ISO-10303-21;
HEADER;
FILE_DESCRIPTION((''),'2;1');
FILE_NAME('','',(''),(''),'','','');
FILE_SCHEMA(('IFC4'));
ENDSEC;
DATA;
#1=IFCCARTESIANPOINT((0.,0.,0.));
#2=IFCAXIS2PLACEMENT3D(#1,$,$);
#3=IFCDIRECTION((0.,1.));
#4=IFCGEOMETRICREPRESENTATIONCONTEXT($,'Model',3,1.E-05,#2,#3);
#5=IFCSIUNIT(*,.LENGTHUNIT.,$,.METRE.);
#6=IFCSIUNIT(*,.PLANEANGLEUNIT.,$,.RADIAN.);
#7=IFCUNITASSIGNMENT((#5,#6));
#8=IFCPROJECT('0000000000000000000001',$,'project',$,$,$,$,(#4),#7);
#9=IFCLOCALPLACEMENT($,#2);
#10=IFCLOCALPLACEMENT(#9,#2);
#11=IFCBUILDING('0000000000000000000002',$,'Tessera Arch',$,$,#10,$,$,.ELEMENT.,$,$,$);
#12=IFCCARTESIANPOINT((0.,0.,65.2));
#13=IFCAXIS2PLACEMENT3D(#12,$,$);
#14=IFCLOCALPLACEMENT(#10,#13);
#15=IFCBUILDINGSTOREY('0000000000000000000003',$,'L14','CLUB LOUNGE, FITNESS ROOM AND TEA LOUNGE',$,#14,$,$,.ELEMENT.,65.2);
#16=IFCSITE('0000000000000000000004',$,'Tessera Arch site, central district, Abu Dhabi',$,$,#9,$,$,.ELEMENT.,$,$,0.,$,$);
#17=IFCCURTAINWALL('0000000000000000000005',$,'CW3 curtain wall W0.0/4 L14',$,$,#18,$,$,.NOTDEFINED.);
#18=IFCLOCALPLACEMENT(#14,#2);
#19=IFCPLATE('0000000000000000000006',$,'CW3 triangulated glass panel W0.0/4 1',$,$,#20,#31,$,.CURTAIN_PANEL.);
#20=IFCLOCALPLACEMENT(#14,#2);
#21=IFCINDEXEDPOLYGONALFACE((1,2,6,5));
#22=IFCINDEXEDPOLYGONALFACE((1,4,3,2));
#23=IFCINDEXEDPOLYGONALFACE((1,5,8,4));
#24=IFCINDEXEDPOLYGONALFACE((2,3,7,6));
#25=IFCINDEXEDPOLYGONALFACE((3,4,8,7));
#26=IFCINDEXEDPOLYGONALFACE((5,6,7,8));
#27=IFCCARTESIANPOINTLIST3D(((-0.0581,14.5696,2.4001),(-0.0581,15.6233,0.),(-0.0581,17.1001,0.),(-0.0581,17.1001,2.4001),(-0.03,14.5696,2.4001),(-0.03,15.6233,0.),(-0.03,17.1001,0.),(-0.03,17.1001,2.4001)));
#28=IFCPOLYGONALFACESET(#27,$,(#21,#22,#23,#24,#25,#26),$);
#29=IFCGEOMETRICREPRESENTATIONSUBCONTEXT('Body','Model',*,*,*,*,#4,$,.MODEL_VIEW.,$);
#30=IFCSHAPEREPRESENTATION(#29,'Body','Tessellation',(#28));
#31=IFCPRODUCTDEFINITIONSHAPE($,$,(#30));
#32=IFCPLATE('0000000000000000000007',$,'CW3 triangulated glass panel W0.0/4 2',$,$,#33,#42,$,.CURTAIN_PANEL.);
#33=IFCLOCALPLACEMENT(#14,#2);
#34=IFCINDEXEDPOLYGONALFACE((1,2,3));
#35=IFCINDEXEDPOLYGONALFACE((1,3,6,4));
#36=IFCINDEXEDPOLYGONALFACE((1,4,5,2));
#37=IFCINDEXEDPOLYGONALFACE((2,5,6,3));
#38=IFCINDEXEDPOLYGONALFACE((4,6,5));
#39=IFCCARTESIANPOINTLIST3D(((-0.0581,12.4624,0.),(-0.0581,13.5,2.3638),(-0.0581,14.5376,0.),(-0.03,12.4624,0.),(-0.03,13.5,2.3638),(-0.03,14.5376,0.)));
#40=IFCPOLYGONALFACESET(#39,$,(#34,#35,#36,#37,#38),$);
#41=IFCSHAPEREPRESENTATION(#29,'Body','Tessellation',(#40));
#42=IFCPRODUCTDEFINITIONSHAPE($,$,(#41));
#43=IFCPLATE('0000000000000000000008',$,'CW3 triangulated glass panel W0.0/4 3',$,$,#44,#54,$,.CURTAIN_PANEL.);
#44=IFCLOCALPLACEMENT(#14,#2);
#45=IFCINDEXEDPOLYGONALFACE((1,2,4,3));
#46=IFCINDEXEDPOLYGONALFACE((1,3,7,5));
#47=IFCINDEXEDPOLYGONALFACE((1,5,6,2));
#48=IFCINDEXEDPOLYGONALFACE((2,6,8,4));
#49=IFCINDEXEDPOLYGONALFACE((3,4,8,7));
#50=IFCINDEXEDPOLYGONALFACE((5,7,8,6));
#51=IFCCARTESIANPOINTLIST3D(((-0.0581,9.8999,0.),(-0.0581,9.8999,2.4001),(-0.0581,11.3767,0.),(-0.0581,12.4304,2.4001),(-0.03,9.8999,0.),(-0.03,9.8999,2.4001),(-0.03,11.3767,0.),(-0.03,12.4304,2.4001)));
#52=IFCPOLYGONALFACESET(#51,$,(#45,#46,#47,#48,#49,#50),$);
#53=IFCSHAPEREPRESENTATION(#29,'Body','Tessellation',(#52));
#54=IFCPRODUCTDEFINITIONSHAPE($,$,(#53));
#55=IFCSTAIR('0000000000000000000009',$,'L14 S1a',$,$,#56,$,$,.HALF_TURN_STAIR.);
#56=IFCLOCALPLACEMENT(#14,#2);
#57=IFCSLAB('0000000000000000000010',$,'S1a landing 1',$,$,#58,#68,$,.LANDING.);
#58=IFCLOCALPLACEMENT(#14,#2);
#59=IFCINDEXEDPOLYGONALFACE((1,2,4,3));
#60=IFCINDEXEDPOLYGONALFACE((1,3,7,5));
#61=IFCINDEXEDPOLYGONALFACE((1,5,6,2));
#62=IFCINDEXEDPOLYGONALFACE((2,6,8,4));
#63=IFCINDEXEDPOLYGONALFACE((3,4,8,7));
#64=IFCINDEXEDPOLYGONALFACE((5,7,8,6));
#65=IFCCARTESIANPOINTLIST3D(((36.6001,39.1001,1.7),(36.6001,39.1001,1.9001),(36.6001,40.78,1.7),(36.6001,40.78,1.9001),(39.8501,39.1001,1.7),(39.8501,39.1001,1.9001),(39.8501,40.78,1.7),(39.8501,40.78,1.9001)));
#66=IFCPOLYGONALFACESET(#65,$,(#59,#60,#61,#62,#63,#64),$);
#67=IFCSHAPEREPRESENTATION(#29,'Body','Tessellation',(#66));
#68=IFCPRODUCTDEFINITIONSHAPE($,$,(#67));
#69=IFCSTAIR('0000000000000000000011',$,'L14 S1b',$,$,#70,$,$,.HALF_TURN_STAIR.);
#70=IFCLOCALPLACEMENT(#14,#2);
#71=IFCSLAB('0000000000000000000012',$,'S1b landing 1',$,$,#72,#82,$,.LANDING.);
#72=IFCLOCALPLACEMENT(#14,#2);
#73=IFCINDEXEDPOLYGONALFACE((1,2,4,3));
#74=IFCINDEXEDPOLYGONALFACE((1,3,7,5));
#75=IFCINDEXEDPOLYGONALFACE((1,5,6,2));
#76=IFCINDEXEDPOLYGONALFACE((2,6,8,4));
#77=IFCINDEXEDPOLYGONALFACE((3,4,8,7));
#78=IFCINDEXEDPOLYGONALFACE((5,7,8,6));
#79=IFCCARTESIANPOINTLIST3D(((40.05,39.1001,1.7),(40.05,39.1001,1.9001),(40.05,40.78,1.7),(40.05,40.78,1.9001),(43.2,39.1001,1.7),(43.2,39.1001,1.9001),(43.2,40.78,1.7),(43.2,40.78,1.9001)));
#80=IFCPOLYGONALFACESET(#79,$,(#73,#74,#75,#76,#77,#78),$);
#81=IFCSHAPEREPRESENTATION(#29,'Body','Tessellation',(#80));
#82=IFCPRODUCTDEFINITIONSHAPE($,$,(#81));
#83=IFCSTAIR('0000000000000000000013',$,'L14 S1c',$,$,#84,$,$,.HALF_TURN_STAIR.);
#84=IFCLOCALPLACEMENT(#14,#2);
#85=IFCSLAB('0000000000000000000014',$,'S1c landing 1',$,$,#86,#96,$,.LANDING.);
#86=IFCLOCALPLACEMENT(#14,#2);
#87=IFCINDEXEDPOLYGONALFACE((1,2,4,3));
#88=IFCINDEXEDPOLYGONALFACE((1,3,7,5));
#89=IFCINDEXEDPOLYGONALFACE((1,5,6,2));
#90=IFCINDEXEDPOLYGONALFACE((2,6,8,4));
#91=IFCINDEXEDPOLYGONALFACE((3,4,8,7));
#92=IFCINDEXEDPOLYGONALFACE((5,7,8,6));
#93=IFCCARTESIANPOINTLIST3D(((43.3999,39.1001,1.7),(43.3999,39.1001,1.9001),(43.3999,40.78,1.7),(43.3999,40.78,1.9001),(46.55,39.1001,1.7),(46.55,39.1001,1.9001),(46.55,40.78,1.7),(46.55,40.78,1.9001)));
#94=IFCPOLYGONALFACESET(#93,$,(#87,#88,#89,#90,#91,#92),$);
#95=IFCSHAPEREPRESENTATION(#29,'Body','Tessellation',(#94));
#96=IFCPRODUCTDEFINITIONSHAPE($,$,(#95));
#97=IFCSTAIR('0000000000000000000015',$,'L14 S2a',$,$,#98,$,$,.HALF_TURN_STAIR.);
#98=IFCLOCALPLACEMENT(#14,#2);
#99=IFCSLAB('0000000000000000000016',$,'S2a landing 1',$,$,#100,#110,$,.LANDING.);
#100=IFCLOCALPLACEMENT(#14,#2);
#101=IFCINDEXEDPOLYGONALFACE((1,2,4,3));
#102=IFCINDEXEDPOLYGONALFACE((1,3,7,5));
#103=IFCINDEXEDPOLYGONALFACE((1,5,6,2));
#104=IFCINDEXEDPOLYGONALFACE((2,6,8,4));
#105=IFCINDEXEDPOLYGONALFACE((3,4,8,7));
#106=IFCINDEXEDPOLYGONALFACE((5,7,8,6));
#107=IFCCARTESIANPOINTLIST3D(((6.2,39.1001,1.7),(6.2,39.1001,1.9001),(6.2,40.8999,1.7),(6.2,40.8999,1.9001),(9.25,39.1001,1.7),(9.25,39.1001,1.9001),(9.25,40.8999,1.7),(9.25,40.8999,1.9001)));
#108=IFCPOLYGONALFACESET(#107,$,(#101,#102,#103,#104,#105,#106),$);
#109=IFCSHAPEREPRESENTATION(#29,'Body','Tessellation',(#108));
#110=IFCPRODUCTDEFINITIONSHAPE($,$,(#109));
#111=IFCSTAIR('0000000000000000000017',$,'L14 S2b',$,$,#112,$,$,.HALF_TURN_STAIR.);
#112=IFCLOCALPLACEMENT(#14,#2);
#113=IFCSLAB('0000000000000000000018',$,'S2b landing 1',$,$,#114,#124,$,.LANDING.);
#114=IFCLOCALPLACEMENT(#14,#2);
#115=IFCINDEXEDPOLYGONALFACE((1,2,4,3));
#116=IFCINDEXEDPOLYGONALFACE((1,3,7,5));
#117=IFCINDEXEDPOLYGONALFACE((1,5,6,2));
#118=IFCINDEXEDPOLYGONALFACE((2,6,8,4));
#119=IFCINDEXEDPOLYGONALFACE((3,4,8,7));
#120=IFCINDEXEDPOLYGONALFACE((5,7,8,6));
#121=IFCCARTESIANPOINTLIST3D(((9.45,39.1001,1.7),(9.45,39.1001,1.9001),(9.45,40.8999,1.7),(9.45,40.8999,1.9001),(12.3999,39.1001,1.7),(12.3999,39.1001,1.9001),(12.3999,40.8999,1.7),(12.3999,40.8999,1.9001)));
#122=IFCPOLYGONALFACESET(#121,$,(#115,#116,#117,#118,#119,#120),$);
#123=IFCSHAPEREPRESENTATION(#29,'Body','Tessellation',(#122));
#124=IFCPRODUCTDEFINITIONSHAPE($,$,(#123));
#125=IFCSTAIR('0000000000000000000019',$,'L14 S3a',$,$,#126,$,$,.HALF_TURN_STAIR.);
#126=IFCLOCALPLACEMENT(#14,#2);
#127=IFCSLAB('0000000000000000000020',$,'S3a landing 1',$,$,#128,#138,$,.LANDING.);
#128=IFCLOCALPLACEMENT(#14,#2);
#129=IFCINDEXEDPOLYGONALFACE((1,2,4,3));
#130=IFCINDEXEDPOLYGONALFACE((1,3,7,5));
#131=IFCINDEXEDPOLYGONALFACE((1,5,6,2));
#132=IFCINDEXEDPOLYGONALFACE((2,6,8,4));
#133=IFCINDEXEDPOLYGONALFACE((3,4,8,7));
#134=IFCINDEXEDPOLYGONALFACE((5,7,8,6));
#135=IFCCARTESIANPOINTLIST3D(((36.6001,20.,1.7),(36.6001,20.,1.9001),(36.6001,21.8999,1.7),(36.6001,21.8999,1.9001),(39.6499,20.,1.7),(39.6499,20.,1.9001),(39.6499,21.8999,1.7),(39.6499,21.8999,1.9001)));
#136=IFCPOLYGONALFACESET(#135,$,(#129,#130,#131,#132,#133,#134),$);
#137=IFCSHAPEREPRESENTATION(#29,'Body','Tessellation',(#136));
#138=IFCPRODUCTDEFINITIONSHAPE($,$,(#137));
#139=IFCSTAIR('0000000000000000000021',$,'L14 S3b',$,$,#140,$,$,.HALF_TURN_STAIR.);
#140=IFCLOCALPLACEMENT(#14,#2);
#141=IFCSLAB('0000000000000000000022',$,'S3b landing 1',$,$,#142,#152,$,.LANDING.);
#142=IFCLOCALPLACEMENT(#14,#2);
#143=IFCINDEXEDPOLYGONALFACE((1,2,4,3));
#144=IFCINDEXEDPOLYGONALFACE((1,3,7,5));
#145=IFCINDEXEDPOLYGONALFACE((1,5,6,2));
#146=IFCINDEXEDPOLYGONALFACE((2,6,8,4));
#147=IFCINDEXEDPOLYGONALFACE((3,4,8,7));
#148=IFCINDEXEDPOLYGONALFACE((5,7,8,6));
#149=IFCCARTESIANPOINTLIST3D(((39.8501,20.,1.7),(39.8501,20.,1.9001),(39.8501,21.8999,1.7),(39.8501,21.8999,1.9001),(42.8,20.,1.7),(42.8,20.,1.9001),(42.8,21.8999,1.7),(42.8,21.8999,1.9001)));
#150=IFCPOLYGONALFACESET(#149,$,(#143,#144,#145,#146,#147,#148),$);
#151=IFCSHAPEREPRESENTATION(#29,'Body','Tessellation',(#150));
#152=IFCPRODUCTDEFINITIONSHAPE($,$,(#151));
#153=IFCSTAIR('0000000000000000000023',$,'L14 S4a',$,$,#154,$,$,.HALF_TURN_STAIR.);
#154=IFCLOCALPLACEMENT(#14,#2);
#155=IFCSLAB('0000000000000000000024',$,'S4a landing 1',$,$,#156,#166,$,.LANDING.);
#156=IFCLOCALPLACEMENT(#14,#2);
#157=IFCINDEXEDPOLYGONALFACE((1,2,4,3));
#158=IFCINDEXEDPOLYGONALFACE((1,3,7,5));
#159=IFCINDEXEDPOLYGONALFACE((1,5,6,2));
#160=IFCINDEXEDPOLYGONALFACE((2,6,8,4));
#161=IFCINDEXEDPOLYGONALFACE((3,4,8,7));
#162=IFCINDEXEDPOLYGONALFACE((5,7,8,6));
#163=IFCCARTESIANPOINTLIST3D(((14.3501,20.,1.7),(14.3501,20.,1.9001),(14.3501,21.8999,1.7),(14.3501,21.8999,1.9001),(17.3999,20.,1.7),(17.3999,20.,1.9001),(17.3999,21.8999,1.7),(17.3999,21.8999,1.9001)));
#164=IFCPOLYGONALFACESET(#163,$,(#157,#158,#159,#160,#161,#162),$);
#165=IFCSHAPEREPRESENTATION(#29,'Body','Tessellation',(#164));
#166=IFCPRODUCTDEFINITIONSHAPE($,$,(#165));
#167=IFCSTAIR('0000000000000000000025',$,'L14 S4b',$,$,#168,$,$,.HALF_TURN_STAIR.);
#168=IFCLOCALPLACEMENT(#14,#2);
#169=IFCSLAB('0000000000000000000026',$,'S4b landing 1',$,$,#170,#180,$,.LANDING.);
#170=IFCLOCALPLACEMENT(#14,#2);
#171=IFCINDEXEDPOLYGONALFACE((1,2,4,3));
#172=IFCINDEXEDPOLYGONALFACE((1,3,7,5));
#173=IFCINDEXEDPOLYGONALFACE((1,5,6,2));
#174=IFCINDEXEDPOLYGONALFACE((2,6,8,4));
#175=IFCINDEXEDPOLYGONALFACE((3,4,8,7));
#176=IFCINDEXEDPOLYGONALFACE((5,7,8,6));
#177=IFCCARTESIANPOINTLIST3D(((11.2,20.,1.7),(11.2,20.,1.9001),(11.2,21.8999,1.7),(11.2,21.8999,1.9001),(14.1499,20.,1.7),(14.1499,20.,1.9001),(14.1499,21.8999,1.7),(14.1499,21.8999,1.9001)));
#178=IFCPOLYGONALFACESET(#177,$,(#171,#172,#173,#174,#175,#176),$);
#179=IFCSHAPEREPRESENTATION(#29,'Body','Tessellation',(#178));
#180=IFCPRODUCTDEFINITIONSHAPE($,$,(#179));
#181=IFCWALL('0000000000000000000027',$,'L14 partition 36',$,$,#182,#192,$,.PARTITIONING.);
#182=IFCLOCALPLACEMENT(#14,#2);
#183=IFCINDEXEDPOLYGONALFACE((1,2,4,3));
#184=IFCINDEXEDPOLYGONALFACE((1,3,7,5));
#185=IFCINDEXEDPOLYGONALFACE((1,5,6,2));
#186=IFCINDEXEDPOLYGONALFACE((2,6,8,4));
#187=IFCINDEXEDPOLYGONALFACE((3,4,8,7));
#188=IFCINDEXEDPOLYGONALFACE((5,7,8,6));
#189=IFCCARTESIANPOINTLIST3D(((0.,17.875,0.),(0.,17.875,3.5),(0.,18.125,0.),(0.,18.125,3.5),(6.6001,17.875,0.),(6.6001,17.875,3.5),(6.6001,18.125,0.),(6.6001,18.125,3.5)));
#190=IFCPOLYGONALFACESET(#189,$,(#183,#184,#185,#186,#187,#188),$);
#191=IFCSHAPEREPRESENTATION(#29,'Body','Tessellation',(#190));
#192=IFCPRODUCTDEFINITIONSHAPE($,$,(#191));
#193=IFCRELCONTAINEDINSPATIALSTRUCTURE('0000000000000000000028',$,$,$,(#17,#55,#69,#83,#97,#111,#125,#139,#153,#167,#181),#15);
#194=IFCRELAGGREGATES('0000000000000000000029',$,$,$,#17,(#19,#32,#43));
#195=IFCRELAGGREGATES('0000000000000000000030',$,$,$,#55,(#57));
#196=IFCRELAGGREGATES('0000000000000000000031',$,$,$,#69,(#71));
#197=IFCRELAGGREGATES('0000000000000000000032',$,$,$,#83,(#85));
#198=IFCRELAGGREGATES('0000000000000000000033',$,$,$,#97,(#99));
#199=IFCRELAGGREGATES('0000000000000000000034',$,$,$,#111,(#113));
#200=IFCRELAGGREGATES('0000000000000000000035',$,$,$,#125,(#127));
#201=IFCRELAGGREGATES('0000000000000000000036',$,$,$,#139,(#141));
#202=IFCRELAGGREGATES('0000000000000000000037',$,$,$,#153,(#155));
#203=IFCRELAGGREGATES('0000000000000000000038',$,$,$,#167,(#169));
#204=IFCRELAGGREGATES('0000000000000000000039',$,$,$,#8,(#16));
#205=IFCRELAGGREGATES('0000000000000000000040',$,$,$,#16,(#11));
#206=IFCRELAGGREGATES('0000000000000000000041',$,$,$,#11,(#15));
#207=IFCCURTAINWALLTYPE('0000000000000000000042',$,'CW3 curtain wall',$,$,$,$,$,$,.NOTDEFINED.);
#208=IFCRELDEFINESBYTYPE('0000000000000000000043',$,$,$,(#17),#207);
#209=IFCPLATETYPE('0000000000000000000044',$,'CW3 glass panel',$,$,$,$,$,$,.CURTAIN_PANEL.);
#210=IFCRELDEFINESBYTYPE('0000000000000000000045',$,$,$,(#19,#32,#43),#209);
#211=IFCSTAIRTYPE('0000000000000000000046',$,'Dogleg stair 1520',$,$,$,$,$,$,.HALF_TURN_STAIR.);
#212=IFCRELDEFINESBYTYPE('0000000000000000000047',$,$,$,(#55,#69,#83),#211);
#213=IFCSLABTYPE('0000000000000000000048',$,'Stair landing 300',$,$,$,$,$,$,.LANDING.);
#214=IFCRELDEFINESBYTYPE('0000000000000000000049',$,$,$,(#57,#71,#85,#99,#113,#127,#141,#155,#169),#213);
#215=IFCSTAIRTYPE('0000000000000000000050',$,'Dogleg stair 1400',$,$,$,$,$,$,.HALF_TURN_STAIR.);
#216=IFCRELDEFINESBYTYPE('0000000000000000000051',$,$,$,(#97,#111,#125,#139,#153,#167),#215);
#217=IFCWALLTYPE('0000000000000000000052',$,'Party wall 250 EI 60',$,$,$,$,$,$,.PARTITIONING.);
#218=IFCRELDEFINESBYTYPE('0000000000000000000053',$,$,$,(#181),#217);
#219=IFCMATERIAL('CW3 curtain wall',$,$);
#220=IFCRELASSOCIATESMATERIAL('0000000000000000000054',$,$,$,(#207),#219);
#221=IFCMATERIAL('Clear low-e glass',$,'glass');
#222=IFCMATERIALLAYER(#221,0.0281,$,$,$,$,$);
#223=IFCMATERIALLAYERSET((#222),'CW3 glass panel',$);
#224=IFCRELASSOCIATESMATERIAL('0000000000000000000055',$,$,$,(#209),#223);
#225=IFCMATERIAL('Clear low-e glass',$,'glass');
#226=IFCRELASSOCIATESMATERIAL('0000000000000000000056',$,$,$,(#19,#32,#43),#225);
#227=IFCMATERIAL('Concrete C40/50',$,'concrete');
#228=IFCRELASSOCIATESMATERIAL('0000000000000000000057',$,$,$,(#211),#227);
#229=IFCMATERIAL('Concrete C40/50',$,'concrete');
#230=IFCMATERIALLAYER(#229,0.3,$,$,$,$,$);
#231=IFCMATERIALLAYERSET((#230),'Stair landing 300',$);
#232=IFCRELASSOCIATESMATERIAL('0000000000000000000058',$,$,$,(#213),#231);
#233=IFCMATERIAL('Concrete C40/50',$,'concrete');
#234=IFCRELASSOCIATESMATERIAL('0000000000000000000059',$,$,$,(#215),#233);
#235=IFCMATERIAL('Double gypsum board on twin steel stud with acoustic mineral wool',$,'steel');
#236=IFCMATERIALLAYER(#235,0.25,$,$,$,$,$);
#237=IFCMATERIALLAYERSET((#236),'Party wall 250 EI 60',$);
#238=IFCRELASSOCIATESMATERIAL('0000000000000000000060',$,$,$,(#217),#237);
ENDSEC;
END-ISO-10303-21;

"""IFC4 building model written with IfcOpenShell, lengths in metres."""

from ifc_helpers import new_model, si_unit, direction, frame, frame_2d, origin, place, context, subcontext, project, spatial, polyline, rectangle, outline, extrude, material, layer, layer_set, type_object, element, aggregate, save


model = new_model("IFC4")

# Units and contexts
model_context = context("Model", 3, precision=1e-05, world=origin(), true_north=direction((0.0, 1.0)))
body_context = subcontext(model_context, "Body", "Model", "MODEL_VIEW")
ifc_project = project(units=[si_unit("LENGTHUNIT", "METRE"), si_unit("PLANEANGLEUNIT", "RADIAN")], contexts=[model_context])

# Site, building, storey
site_placement = place(None, origin())
site = spatial("IfcSite", under=ifc_project, at=site_placement, Name="Tessera Arch site, central district, Abu Dhabi", CompositionType="ELEMENT", RefElevation=0.0)
building_placement = place(site_placement, origin())
building = spatial("IfcBuilding", under=site, at=building_placement, Name="Tessera Arch", CompositionType="ELEMENT")
storey_placement = place(building_placement, frame((0.0, 0.0, 65.2)))
storey = spatial("IfcBuildingStorey", under=building, at=storey_placement, Name="L14", Description="CLUB LOUNGE, FITNESS ROOM AND TEA LOUNGE", CompositionType="ELEMENT", Elevation=65.2)

# Curtain wall
ifc_material_1 = material(Name="CW3 curtain wall")
curtain_wall_type_1 = type_object("IfcCurtainWallType", Name="CW3 curtain wall", PredefinedType="NOTDEFINED", material=ifc_material_1)
curtain_wall_1_placement = place(storey_placement, origin())
curtain_wall_1 = element("IfcCurtainWall", 1, at=curtain_wall_1_placement, inside=storey, type_object=curtain_wall_type_1, Name="CW3 curtain wall W0.0/4 L14", PredefinedType="NOTDEFINED")

# Plates
ifc_material_2 = material(Name="Clear low-e glass", Category="glass")
ifc_material_3 = material(Name="Clear low-e glass", Category="glass")
ifc_layer_1 = layer(ifc_material_3, 0.0281)
ifc_layer_set_1 = layer_set([ifc_layer_1], Name="CW3 glass panel")
plate_type_1 = type_object("IfcPlateType", Name="CW3 glass panel", PredefinedType="CURTAIN_PANEL", material=ifc_layer_set_1)
plate_1_placement = place(storey_placement, frame((-0.0581, 17.1001, 0.0), z_axis=(-1.0, 0.0, 0.0), x_axis=(0.0, -1.0, 0.0)))
plate_1 = element("IfcPlate", 2, at=plate_1_placement, type_object=plate_type_1, material=ifc_material_2, Name="CW3 triangulated glass panel W0.0/4 1", PredefinedType="CURTAIN_PANEL", context=body_context, shape_type="SweptSolid", body=[
    extrude(outline(polyline([(0.0, 0.0), (1.4768, 0.0), (2.5305, 2.4001), (0.0, 2.4001), (0.0, 0.0)])), origin(), (0.0, 0.0, -1.0), 0.0281),
])
plate_2_placement = place(storey_placement, frame((-0.0581, 14.5376, 0.0), z_axis=(-1.0, 0.0, 0.0), x_axis=(0.0, -1.0, 0.0)))
plate_2 = element("IfcPlate", 3, at=plate_2_placement, type_object=plate_type_1, material=ifc_material_2, Name="CW3 triangulated glass panel W0.0/4 2", PredefinedType="CURTAIN_PANEL", context=body_context, shape_type="SweptSolid", body=[
    extrude(outline(polyline([(0.0, 0.0), (2.0752, 0.0), (1.0376, 2.3638), (0.0, 0.0)])), origin(), (0.0, 0.0, -1.0), 0.0281),
])
plate_3_placement = place(storey_placement, frame((-0.0581, 9.8999, 2.4001), z_axis=(-1.0, 0.0, 0.0), x_axis=(0.0, 1.0, 0.0)))
plate_3 = element("IfcPlate", 4, at=plate_3_placement, type_object=plate_type_1, material=ifc_material_2, Name="CW3 triangulated glass panel W0.0/4 3", PredefinedType="CURTAIN_PANEL", context=body_context, shape_type="SweptSolid", body=[
    extrude(outline(polyline([(0.0, 0.0), (2.5305, 0.0), (1.4768, 2.4001), (0.0, 2.4001), (0.0, 0.0)])), origin(), (0.0, 0.0, -1.0), 0.0281),
])
aggregate(curtain_wall_1, [plate_1, plate_2, plate_3])

# Stairs, slabs
ifc_material_4 = material(Name="Concrete C40/50", Category="concrete")
stair_type_1 = type_object("IfcStairType", Name="Dogleg stair 1520", PredefinedType="HALF_TURN_STAIR", material=ifc_material_4)
stair_1_placement = place(storey_placement, origin())
stair_1 = element("IfcStair", 5, at=stair_1_placement, inside=storey, type_object=stair_type_1, Name="L14 S1a", PredefinedType="HALF_TURN_STAIR")
ifc_material_5 = material(Name="Concrete C40/50", Category="concrete")
ifc_layer_2 = layer(ifc_material_5, 0.3)
ifc_layer_set_2 = layer_set([ifc_layer_2], Name="Stair landing 300")
slab_type = type_object("IfcSlabType", Name="Stair landing 300", PredefinedType="LANDING", material=ifc_layer_set_2)
slab_1_placement = place(storey_placement, frame((0.0, 0.0, 1.7)))
slab_1 = element("IfcSlab", 6, at=slab_1_placement, type_object=slab_type, Name="S1a landing 1", PredefinedType="LANDING", context=body_context, shape_type="SweptSolid", body=[
    extrude(outline(polyline([(36.6001, 40.78), (36.6001, 39.1001), (39.8501, 39.1001), (39.8501, 40.78), (36.6001, 40.78)])), origin(), (0.0, 0.0, 1.0), 0.2002),
])
aggregate(stair_1, [slab_1])
stair_2_placement = place(storey_placement, origin())
stair_2 = element("IfcStair", 7, at=stair_2_placement, inside=storey, type_object=stair_type_1, Name="L14 S1b", PredefinedType="HALF_TURN_STAIR")
slab_2_placement = place(storey_placement, frame((0.0, 0.0, 1.7)))
slab_2 = element("IfcSlab", 8, at=slab_2_placement, type_object=slab_type, Name="S1b landing 1", PredefinedType="LANDING", context=body_context, shape_type="SweptSolid", body=[
    extrude(outline(polyline([(40.05, 40.78), (40.05, 39.1001), (43.2, 39.1001), (43.2, 40.78), (40.05, 40.78)])), origin(), (0.0, 0.0, 1.0), 0.2002),
])
aggregate(stair_2, [slab_2])
stair_3_placement = place(storey_placement, origin())
stair_3 = element("IfcStair", 9, at=stair_3_placement, inside=storey, type_object=stair_type_1, Name="L14 S1c", PredefinedType="HALF_TURN_STAIR")
slab_3_placement = place(storey_placement, frame((0.0, 0.0, 1.7)))
slab_3 = element("IfcSlab", 10, at=slab_3_placement, type_object=slab_type, Name="S1c landing 1", PredefinedType="LANDING", context=body_context, shape_type="SweptSolid", body=[
    extrude(outline(polyline([(43.3999, 40.78), (43.3999, 39.1001), (46.55, 39.1001), (46.55, 40.78), (43.3999, 40.78)])), origin(), (0.0, 0.0, 1.0), 0.2002),
])
aggregate(stair_3, [slab_3])
ifc_material_6 = material(Name="Concrete C40/50", Category="concrete")
stair_type_2 = type_object("IfcStairType", Name="Dogleg stair 1400", PredefinedType="HALF_TURN_STAIR", material=ifc_material_6)
stair_4_placement = place(storey_placement, origin())
stair_4 = element("IfcStair", 11, at=stair_4_placement, inside=storey, type_object=stair_type_2, Name="L14 S2a", PredefinedType="HALF_TURN_STAIR")
slab_4_placement = place(storey_placement, frame((0.0, 0.0, 1.7)))
slab_4 = element("IfcSlab", 12, at=slab_4_placement, type_object=slab_type, Name="S2a landing 1", PredefinedType="LANDING", context=body_context, shape_type="SweptSolid", body=[
    extrude(outline(polyline([(6.2, 40.8999), (6.2, 39.1001), (9.25, 39.1001), (9.25, 40.8999), (6.2, 40.8999)])), origin(), (0.0, 0.0, 1.0), 0.2002),
])
aggregate(stair_4, [slab_4])
stair_5_placement = place(storey_placement, origin())
stair_5 = element("IfcStair", 13, at=stair_5_placement, inside=storey, type_object=stair_type_2, Name="L14 S2b", PredefinedType="HALF_TURN_STAIR")
slab_5_placement = place(storey_placement, frame((0.0, 0.0, 1.7)))
slab_5 = element("IfcSlab", 14, at=slab_5_placement, type_object=slab_type, Name="S2b landing 1", PredefinedType="LANDING", context=body_context, shape_type="SweptSolid", body=[
    extrude(outline(polyline([(9.45, 40.8999), (9.45, 39.1001), (12.3999, 39.1001), (12.3999, 40.8999), (9.45, 40.8999)])), origin(), (0.0, 0.0, 1.0), 0.2002),
])
aggregate(stair_5, [slab_5])
stair_6_placement = place(storey_placement, origin())
stair_6 = element("IfcStair", 15, at=stair_6_placement, inside=storey, type_object=stair_type_2, Name="L14 S3a", PredefinedType="HALF_TURN_STAIR")
slab_6_placement = place(storey_placement, frame((0.0, 0.0, 1.7)))
slab_6 = element("IfcSlab", 16, at=slab_6_placement, type_object=slab_type, Name="S3a landing 1", PredefinedType="LANDING", context=body_context, shape_type="SweptSolid", body=[
    extrude(outline(polyline([(39.6499, 20.0), (39.6499, 21.8999), (36.6001, 21.8999), (36.6001, 20.0), (39.6499, 20.0)])), origin(), (0.0, 0.0, 1.0), 0.2002),
])
aggregate(stair_6, [slab_6])
stair_7_placement = place(storey_placement, origin())
stair_7 = element("IfcStair", 17, at=stair_7_placement, inside=storey, type_object=stair_type_2, Name="L14 S3b", PredefinedType="HALF_TURN_STAIR")
slab_7_placement = place(storey_placement, frame((0.0, 0.0, 1.7)))
slab_7 = element("IfcSlab", 18, at=slab_7_placement, type_object=slab_type, Name="S3b landing 1", PredefinedType="LANDING", context=body_context, shape_type="SweptSolid", body=[
    extrude(outline(polyline([(42.8, 20.0), (42.8, 21.8999), (39.8501, 21.8999), (39.8501, 20.0), (42.8, 20.0)])), origin(), (0.0, 0.0, 1.0), 0.2002),
])
aggregate(stair_7, [slab_7])
stair_8_placement = place(storey_placement, origin())
stair_8 = element("IfcStair", 19, at=stair_8_placement, inside=storey, type_object=stair_type_2, Name="L14 S4a", PredefinedType="HALF_TURN_STAIR")
slab_8_placement = place(storey_placement, frame((0.0, 0.0, 1.7)))
slab_8 = element("IfcSlab", 20, at=slab_8_placement, type_object=slab_type, Name="S4a landing 1", PredefinedType="LANDING", context=body_context, shape_type="SweptSolid", body=[
    extrude(outline(polyline([(17.3999, 20.0), (17.3999, 21.8999), (14.3501, 21.8999), (14.3501, 20.0), (17.3999, 20.0)])), origin(), (0.0, 0.0, 1.0), 0.2002),
])
aggregate(stair_8, [slab_8])
stair_9_placement = place(storey_placement, origin())
stair_9 = element("IfcStair", 21, at=stair_9_placement, inside=storey, type_object=stair_type_2, Name="L14 S4b", PredefinedType="HALF_TURN_STAIR")
slab_9_placement = place(storey_placement, frame((0.0, 0.0, 1.7)))
slab_9 = element("IfcSlab", 22, at=slab_9_placement, type_object=slab_type, Name="S4b landing 1", PredefinedType="LANDING", context=body_context, shape_type="SweptSolid", body=[
    extrude(outline(polyline([(14.1499, 20.0), (14.1499, 21.8999), (11.2, 21.8999), (11.2, 20.0), (14.1499, 20.0)])), origin(), (0.0, 0.0, 1.0), 0.2002),
])
aggregate(stair_9, [slab_9])

# Wall
ifc_material_7 = material(Name="Double gypsum board on twin steel stud with acoustic mineral wool", Category="steel")
ifc_layer_3 = layer(ifc_material_7, 0.25)
ifc_layer_set_3 = layer_set([ifc_layer_3], Name="Party wall 250 EI 60")
wall_type = type_object("IfcWallType", Name="Party wall 250 EI 60", PredefinedType="PARTITIONING", material=ifc_layer_set_3)
wall_placement = place(storey_placement, frame((0.0, 18.0, 0.0), z_axis=(0.0, 0.0, 1.0), x_axis=(1.0, 0.0, 0.0)))
element("IfcWall", 23, at=wall_placement, inside=storey, type_object=wall_type, Name="L14 partition 36", PredefinedType="PARTITIONING", context=body_context, shape_type="SweptSolid", body=[
    extrude(rectangle(XDim=6.6001, YDim=0.25, at=frame_2d((3.3, 0.0))), origin(), (0.0, 0.0, 1.0), 3.5),
])

save(model, "model.ifc")
